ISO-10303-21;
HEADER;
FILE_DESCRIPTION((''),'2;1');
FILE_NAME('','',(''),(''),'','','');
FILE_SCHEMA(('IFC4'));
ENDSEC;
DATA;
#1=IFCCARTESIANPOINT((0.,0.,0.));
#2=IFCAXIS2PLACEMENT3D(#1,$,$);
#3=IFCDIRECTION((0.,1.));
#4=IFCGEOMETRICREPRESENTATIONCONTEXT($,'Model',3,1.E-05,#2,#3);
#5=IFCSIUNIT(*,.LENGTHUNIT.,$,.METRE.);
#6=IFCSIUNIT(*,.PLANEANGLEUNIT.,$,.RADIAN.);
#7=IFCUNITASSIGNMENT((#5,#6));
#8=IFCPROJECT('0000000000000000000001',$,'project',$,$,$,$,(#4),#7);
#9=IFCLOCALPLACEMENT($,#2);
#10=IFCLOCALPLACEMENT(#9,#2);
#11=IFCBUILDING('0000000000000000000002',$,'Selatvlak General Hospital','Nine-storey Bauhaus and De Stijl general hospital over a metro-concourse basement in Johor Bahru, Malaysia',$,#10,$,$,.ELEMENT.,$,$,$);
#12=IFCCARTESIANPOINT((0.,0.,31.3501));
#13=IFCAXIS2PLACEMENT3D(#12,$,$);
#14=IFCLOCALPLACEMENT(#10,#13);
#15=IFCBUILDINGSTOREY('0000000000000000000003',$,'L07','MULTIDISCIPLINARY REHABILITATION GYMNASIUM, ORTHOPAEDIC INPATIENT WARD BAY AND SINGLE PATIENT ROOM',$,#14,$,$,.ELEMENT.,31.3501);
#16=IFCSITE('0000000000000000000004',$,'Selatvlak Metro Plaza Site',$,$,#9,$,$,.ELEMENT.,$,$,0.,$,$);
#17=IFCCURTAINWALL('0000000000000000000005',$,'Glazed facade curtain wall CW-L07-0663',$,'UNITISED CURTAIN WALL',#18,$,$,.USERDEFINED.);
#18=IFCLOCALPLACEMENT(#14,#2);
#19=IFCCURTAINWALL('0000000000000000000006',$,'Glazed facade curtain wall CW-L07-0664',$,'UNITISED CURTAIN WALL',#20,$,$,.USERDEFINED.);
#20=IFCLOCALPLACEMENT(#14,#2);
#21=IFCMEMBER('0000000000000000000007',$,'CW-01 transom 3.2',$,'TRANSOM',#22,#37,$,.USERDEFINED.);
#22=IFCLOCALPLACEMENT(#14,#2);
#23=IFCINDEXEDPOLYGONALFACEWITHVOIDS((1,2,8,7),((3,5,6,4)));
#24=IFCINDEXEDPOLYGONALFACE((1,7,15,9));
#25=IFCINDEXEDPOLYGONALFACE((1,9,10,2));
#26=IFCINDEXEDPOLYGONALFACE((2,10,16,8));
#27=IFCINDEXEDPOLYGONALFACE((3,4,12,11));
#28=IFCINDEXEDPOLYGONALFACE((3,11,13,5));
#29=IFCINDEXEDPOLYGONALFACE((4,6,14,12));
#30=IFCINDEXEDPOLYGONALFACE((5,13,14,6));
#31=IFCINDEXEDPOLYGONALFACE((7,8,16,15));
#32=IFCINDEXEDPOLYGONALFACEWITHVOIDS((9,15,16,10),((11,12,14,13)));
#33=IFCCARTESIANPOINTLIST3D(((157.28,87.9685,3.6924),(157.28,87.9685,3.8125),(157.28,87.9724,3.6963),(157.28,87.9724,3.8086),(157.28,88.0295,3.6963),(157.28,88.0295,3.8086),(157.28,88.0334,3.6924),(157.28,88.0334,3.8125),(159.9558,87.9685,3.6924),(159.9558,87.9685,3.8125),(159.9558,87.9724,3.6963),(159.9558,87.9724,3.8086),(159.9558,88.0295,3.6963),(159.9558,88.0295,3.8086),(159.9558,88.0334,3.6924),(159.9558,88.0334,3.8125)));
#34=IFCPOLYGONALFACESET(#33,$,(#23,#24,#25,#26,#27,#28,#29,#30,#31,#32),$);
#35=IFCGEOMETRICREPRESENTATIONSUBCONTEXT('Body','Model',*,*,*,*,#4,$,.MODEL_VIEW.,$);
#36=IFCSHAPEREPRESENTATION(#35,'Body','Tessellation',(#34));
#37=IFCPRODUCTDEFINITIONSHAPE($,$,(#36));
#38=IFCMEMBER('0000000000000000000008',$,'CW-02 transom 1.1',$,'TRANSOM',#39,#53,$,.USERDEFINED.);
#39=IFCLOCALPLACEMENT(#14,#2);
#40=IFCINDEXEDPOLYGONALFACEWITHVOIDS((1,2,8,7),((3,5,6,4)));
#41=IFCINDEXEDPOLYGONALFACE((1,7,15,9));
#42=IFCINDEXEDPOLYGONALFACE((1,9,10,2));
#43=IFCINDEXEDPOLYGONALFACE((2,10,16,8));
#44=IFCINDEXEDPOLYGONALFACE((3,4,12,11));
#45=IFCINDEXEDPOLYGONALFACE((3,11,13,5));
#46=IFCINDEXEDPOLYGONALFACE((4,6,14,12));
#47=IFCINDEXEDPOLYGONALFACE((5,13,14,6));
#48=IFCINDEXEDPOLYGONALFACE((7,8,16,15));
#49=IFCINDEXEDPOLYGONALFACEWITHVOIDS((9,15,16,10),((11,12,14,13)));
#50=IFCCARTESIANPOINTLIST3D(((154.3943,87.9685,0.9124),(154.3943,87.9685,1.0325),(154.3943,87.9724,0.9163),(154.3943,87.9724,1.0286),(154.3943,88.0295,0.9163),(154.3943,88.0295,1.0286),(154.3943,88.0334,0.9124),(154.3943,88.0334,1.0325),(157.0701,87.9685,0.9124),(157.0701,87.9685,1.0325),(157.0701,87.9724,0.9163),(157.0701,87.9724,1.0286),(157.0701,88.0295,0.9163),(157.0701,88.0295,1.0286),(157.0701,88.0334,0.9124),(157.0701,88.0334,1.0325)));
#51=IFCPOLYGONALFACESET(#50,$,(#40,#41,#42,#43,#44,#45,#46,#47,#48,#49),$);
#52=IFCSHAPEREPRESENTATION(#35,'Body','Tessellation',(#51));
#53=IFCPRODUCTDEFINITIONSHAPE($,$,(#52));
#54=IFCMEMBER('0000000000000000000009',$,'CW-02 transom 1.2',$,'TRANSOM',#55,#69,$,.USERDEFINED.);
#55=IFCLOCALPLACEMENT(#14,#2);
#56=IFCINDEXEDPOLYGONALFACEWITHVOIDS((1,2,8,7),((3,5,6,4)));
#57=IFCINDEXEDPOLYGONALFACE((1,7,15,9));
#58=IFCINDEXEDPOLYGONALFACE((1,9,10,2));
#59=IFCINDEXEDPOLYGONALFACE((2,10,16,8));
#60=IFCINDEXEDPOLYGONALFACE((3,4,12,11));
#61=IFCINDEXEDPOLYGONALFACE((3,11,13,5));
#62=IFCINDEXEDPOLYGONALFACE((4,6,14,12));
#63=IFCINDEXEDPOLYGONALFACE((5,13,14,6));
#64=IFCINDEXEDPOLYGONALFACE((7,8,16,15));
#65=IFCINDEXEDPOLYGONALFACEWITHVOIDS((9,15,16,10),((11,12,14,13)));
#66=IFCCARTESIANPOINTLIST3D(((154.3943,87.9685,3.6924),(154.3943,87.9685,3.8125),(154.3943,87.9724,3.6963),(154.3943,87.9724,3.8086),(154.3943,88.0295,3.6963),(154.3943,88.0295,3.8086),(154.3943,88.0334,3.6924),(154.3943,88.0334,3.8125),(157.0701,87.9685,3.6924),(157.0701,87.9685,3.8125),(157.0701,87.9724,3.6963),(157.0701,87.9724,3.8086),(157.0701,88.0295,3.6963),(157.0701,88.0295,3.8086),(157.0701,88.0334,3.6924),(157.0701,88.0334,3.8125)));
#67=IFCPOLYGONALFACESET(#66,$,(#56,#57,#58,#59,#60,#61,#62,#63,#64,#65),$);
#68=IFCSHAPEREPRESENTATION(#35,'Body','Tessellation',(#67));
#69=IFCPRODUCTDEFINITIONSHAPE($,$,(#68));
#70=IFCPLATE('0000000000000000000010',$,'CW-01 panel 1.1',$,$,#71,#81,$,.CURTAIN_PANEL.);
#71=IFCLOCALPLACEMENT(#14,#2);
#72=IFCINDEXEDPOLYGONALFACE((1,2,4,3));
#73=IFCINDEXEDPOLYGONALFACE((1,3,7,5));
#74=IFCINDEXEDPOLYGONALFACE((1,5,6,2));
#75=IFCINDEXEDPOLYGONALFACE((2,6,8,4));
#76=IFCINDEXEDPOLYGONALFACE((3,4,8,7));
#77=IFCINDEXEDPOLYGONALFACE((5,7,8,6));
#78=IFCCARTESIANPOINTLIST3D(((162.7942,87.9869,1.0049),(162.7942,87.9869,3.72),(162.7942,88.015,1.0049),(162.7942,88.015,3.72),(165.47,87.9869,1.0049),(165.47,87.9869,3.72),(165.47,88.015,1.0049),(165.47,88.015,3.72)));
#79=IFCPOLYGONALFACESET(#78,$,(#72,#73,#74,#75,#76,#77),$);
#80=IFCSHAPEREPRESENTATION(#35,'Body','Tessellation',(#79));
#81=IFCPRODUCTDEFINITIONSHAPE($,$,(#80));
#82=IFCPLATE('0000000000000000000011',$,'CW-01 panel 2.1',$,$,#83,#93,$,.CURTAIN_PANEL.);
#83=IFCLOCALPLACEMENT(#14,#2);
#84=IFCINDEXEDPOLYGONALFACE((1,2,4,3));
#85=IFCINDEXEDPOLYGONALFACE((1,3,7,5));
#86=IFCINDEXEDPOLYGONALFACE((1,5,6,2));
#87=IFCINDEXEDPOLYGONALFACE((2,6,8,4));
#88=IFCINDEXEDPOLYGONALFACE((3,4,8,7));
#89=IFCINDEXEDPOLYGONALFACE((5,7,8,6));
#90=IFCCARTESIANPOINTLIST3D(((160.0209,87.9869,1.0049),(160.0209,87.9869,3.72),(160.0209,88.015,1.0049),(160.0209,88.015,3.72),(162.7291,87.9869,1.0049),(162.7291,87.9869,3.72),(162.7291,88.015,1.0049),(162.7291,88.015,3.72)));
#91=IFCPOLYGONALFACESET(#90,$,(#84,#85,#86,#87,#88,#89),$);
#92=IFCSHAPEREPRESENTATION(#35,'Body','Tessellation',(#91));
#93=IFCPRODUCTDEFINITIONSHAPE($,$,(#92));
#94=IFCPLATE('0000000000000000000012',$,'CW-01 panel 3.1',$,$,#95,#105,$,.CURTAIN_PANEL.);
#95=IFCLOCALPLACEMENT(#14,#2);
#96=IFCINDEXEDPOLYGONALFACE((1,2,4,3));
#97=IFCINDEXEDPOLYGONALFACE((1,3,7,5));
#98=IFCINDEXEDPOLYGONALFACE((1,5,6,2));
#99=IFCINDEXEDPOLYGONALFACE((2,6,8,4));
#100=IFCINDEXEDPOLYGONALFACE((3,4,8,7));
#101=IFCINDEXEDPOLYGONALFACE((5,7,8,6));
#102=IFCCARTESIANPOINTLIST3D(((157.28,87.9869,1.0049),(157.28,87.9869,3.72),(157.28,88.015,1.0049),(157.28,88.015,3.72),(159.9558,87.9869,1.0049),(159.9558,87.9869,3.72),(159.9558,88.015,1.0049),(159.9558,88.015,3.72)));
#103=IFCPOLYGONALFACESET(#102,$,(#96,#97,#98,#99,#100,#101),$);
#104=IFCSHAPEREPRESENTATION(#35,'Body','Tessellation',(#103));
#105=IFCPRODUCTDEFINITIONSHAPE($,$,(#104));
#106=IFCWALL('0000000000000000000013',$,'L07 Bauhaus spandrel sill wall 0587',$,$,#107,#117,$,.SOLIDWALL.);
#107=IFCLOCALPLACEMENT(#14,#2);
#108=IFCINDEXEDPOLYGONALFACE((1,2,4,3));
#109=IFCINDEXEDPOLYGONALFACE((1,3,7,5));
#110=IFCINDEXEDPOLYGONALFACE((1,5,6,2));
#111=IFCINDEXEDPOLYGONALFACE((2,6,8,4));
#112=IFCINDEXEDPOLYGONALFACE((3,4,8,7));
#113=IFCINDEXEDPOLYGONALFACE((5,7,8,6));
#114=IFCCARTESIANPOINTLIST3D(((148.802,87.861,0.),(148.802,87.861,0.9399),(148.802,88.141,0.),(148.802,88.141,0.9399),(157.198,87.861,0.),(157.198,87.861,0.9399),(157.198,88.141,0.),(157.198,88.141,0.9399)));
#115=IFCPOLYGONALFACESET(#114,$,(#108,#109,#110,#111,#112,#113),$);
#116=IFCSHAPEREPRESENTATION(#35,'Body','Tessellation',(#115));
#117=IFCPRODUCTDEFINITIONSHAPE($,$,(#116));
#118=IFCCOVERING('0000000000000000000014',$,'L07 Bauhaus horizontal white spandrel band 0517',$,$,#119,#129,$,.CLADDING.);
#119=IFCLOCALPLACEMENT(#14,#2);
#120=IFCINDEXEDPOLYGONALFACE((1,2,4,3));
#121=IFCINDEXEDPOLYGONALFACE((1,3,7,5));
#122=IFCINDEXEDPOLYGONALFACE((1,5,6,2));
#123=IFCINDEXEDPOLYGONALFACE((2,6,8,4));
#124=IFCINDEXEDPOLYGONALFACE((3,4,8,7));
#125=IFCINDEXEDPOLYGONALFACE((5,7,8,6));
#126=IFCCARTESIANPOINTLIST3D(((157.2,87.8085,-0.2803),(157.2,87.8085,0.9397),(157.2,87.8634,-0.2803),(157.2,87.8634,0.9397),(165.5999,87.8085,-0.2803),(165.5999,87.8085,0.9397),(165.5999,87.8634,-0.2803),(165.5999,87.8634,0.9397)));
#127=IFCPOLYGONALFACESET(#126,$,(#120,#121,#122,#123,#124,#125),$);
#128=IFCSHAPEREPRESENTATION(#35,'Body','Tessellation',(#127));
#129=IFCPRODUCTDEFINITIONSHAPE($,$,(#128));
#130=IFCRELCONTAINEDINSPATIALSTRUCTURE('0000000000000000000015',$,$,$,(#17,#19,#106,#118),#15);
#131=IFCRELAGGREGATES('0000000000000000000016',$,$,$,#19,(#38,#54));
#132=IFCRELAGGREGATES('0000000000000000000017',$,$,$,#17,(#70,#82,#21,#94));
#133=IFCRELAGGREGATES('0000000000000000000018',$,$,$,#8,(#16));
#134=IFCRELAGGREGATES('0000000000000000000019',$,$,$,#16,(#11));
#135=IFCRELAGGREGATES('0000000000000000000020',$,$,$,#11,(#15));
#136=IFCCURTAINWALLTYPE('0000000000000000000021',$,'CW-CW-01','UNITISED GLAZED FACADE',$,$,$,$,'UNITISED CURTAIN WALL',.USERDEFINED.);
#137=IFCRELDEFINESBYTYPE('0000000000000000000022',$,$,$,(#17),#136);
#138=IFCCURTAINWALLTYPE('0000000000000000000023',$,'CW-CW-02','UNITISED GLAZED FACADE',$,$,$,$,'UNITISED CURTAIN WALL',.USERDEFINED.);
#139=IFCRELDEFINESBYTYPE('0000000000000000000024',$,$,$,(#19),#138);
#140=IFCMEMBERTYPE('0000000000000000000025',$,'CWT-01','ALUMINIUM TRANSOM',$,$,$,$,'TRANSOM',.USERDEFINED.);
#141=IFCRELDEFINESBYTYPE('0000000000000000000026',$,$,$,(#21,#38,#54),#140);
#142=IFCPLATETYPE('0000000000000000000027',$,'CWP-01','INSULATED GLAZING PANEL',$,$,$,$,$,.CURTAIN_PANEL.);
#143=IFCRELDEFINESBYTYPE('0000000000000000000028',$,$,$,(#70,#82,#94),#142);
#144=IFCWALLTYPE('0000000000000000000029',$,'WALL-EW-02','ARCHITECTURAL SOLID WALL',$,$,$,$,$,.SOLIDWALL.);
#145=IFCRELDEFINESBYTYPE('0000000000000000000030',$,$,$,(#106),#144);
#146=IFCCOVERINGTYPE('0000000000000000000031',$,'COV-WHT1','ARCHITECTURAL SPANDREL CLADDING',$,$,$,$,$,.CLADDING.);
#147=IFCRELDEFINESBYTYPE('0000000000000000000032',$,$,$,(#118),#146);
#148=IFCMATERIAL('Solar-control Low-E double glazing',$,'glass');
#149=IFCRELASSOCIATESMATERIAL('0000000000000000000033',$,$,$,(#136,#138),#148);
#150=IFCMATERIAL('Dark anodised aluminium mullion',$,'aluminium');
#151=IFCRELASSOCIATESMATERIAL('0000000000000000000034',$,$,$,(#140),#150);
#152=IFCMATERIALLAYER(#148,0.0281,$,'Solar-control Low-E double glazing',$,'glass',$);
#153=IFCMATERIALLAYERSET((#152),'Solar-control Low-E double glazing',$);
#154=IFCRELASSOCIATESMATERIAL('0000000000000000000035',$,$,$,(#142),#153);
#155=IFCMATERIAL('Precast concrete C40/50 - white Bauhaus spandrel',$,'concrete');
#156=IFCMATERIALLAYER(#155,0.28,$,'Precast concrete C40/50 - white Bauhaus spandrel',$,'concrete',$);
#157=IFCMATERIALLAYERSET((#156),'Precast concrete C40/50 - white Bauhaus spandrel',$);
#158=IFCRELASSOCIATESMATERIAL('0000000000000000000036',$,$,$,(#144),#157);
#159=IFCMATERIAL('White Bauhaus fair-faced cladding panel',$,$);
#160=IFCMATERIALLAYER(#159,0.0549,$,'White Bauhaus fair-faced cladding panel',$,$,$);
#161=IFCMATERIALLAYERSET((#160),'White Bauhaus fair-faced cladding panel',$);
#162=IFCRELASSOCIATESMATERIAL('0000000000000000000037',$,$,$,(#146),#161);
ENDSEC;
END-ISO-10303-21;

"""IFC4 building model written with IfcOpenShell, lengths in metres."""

from ifc_helpers import new_model, si_unit, direction, frame, frame_2d, origin, origin_2d, place, context, subcontext, project, spatial, rectangle, hollow_rectangle, extrude, material, layer, layer_set, material_profile, profile_set, type_object, element, aggregate, save


model = new_model("IFC4")

# Units and contexts
model_context = context("Model", 3, precision=1e-05, world=origin(), true_north=direction((0.0, 1.0)))
body_context = subcontext(model_context, "Body", "Model", "MODEL_VIEW")
ifc_project = project(units=[si_unit("LENGTHUNIT", "METRE"), si_unit("PLANEANGLEUNIT", "RADIAN")], contexts=[model_context])

# Site, building, storey
site_placement = place(None, origin())
site = spatial("IfcSite", under=ifc_project, at=site_placement, Name="Selatvlak Metro Plaza Site", CompositionType="ELEMENT", RefElevation=0.0)
building_placement = place(site_placement, origin())
building = spatial("IfcBuilding", under=site, at=building_placement, Name="Selatvlak General Hospital", Description="Nine-storey Bauhaus and De Stijl general hospital over a metro-concourse basement in Johor Bahru, Malaysia", CompositionType="ELEMENT")
storey_placement = place(building_placement, frame((0.0, 0.0, 31.3501)))
storey = spatial("IfcBuildingStorey", under=building, at=storey_placement, Name="L07", Description="MULTIDISCIPLINARY REHABILITATION GYMNASIUM, ORTHOPAEDIC INPATIENT WARD BAY AND SINGLE PATIENT ROOM", CompositionType="ELEMENT", Elevation=31.3501)

# Curtain wall
ifc_material_1 = material(Name="Solar-control Low-E double glazing", Category="glass")
curtain_wall_type_1 = type_object("IfcCurtainWallType", Name="CW-CW-01", Description="UNITISED GLAZED FACADE", ElementType="UNITISED CURTAIN WALL", PredefinedType="USERDEFINED", material=ifc_material_1)
curtain_wall_1_placement = place(storey_placement, origin())
curtain_wall_1 = element("IfcCurtainWall", 1, at=curtain_wall_1_placement, inside=storey, type_object=curtain_wall_type_1, Name="Glazed facade curtain wall CW-L07-0663", ObjectType="UNITISED CURTAIN WALL", PredefinedType="USERDEFINED")
ifc_material_2 = material(Name="Dark anodised aluminium mullion", Category="aluminium")

# Curtain wall
curtain_wall_type_2 = type_object("IfcCurtainWallType", Name="CW-CW-02", Description="UNITISED GLAZED FACADE", ElementType="UNITISED CURTAIN WALL", PredefinedType="USERDEFINED", material=ifc_material_1)
curtain_wall_2_placement = place(storey_placement, origin())
curtain_wall_2 = element("IfcCurtainWall", 2, at=curtain_wall_2_placement, inside=storey, type_object=curtain_wall_type_2, Name="Glazed facade curtain wall CW-L07-0664", ObjectType="UNITISED CURTAIN WALL", PredefinedType="USERDEFINED")

# Members
ifc_material_profile_1 = material_profile(ifc_material_2, hollow_rectangle(XDim=0.0649, YDim=0.1201, WallThickness=0.0039, at=origin_2d()), Name="AL-TRN 65x120x4")
ifc_profile_set_1 = profile_set([ifc_material_profile_1], Name="Dark anodised aluminium mullion")
member_type_1 = type_object("IfcMemberType", Name="CWT-01", Description="ALUMINIUM TRANSOM", ElementType="TRANSOM", PredefinedType="USERDEFINED", material=ifc_profile_set_1)
member_1_placement = place(storey_placement, frame((159.9558, 88.001, 3.7524), z_axis=(-1.0, 0.0, 0.0), x_axis=(0.0, -1.0, 0.0)))
member_1 = element("IfcMember", 3, at=member_1_placement, type_object=member_type_1, Name="CW-01 transom 3.2", ObjectType="TRANSOM", PredefinedType="USERDEFINED", context=body_context, shape_type="SweptSolid", body=[
    extrude(hollow_rectangle(XDim=0.0649, YDim=0.1201, WallThickness=0.0039, at=origin_2d()), origin(), (0.0, 0.0, 1.0), 2.6758),
])
member_2_placement = place(storey_placement, frame((157.0701, 88.001, 0.9724), z_axis=(-1.0, 0.0, 0.0), x_axis=(0.0, -1.0, 0.0)))
member_2 = element("IfcMember", 4, at=member_2_placement, type_object=member_type_1, Name="CW-02 transom 1.1", ObjectType="TRANSOM", PredefinedType="USERDEFINED", context=body_context, shape_type="SweptSolid", body=[
    extrude(hollow_rectangle(XDim=0.0649, YDim=0.1201, WallThickness=0.0039, at=origin_2d()), origin(), (0.0, 0.0, 1.0), 2.6758),
])
member_3_placement = place(storey_placement, frame((157.0701, 88.001, 3.7524), z_axis=(-1.0, 0.0, 0.0), x_axis=(0.0, -1.0, 0.0)))
member_3 = element("IfcMember", 5, at=member_3_placement, type_object=member_type_1, Name="CW-02 transom 1.2", ObjectType="TRANSOM", PredefinedType="USERDEFINED", context=body_context, shape_type="SweptSolid", body=[
    extrude(hollow_rectangle(XDim=0.0649, YDim=0.1201, WallThickness=0.0039, at=origin_2d()), origin(), (0.0, 0.0, 1.0), 2.6758),
])
aggregate(curtain_wall_2, [member_2, member_3])

# Plates
ifc_layer_1 = layer(ifc_material_1, 0.0281, Name="Solar-control Low-E double glazing", Category="glass")
ifc_layer_set_1 = layer_set([ifc_layer_1], Name="Solar-control Low-E double glazing")
plate_type = type_object("IfcPlateType", Name="CWP-01", Description="INSULATED GLAZING PANEL", PredefinedType="CURTAIN_PANEL", material=ifc_layer_set_1)
plate_1_placement = place(storey_placement, frame((164.1321, 88.001, 1.0049), z_axis=(0.0, 0.0, 1.0), x_axis=(-1.0, 0.0, 0.0)))
plate_1 = element("IfcPlate", 6, at=plate_1_placement, type_object=plate_type, Name="CW-01 panel 1.1", PredefinedType="CURTAIN_PANEL", context=body_context, shape_type="SweptSolid", body=[
    extrude(rectangle(XDim=2.6758, YDim=0.0281, at=origin_2d()), origin(), (0.0, 0.0, 1.0), 2.7151),
])
plate_2_placement = place(storey_placement, frame((161.375, 88.001, 1.0049), z_axis=(0.0, 0.0, 1.0), x_axis=(-1.0, 0.0, 0.0)))
plate_2 = element("IfcPlate", 7, at=plate_2_placement, type_object=plate_type, Name="CW-01 panel 2.1", PredefinedType="CURTAIN_PANEL", context=body_context, shape_type="SweptSolid", body=[
    extrude(rectangle(XDim=2.7083, YDim=0.0281, at=origin_2d()), origin(), (0.0, 0.0, 1.0), 2.7151),
])
plate_3_placement = place(storey_placement, frame((158.6179, 88.001, 1.0049), z_axis=(0.0, 0.0, 1.0), x_axis=(-1.0, 0.0, 0.0)))
plate_3 = element("IfcPlate", 8, at=plate_3_placement, type_object=plate_type, Name="CW-01 panel 3.1", PredefinedType="CURTAIN_PANEL", context=body_context, shape_type="SweptSolid", body=[
    extrude(rectangle(XDim=2.6758, YDim=0.0281, at=origin_2d()), origin(), (0.0, 0.0, 1.0), 2.7151),
])
aggregate(curtain_wall_1, [plate_1, plate_2, member_1, plate_3])

# Wall
ifc_material_3 = material(Name="Precast concrete C40/50 - white Bauhaus spandrel", Category="concrete")
ifc_layer_2 = layer(ifc_material_3, 0.28, Name="Precast concrete C40/50 - white Bauhaus spandrel", Category="concrete")
ifc_layer_set_2 = layer_set([ifc_layer_2], Name="Precast concrete C40/50 - white Bauhaus spandrel")
wall_type = type_object("IfcWallType", Name="WALL-EW-02", Description="ARCHITECTURAL SOLID WALL", PredefinedType="SOLIDWALL", material=ifc_layer_set_2)
wall_placement = place(storey_placement, frame((157.198, 88.001, 0.0), z_axis=(0.0, 0.0, 1.0), x_axis=(-1.0, 0.0, 0.0)))
element("IfcWall", 9, at=wall_placement, inside=storey, type_object=wall_type, Name="L07 Bauhaus spandrel sill wall 0587", PredefinedType="SOLIDWALL", context=body_context, shape_type="SweptSolid", body=[
    extrude(rectangle(XDim=8.396, YDim=0.28, at=frame_2d((4.198, 0.0))), origin(), (0.0, 0.0, 1.0), 0.9399),
])

# Covering
ifc_material_4 = material(Name="White Bauhaus fair-faced cladding panel")
ifc_layer_3 = layer(ifc_material_4, 0.0549, Name="White Bauhaus fair-faced cladding panel")
ifc_layer_set_3 = layer_set([ifc_layer_3], Name="White Bauhaus fair-faced cladding panel")
covering_type = type_object("IfcCoveringType", Name="COV-WHT1", Description="ARCHITECTURAL SPANDREL CLADDING", PredefinedType="CLADDING", material=ifc_layer_set_3)
covering_placement = place(storey_placement, frame((161.3999, 87.8359, -0.2803), z_axis=(0.0, 0.0, 1.0), x_axis=(-1.0, 0.0, 0.0)))
element("IfcCovering", 10, at=covering_placement, inside=storey, type_object=covering_type, Name="L07 Bauhaus horizontal white spandrel band 0517", PredefinedType="CLADDING", context=body_context, shape_type="SweptSolid", body=[
    extrude(rectangle(XDim=8.3999, YDim=0.0549, at=origin_2d()), origin(), (0.0, 0.0, 1.0), 1.22),
])

save(model, "model.ifc")
